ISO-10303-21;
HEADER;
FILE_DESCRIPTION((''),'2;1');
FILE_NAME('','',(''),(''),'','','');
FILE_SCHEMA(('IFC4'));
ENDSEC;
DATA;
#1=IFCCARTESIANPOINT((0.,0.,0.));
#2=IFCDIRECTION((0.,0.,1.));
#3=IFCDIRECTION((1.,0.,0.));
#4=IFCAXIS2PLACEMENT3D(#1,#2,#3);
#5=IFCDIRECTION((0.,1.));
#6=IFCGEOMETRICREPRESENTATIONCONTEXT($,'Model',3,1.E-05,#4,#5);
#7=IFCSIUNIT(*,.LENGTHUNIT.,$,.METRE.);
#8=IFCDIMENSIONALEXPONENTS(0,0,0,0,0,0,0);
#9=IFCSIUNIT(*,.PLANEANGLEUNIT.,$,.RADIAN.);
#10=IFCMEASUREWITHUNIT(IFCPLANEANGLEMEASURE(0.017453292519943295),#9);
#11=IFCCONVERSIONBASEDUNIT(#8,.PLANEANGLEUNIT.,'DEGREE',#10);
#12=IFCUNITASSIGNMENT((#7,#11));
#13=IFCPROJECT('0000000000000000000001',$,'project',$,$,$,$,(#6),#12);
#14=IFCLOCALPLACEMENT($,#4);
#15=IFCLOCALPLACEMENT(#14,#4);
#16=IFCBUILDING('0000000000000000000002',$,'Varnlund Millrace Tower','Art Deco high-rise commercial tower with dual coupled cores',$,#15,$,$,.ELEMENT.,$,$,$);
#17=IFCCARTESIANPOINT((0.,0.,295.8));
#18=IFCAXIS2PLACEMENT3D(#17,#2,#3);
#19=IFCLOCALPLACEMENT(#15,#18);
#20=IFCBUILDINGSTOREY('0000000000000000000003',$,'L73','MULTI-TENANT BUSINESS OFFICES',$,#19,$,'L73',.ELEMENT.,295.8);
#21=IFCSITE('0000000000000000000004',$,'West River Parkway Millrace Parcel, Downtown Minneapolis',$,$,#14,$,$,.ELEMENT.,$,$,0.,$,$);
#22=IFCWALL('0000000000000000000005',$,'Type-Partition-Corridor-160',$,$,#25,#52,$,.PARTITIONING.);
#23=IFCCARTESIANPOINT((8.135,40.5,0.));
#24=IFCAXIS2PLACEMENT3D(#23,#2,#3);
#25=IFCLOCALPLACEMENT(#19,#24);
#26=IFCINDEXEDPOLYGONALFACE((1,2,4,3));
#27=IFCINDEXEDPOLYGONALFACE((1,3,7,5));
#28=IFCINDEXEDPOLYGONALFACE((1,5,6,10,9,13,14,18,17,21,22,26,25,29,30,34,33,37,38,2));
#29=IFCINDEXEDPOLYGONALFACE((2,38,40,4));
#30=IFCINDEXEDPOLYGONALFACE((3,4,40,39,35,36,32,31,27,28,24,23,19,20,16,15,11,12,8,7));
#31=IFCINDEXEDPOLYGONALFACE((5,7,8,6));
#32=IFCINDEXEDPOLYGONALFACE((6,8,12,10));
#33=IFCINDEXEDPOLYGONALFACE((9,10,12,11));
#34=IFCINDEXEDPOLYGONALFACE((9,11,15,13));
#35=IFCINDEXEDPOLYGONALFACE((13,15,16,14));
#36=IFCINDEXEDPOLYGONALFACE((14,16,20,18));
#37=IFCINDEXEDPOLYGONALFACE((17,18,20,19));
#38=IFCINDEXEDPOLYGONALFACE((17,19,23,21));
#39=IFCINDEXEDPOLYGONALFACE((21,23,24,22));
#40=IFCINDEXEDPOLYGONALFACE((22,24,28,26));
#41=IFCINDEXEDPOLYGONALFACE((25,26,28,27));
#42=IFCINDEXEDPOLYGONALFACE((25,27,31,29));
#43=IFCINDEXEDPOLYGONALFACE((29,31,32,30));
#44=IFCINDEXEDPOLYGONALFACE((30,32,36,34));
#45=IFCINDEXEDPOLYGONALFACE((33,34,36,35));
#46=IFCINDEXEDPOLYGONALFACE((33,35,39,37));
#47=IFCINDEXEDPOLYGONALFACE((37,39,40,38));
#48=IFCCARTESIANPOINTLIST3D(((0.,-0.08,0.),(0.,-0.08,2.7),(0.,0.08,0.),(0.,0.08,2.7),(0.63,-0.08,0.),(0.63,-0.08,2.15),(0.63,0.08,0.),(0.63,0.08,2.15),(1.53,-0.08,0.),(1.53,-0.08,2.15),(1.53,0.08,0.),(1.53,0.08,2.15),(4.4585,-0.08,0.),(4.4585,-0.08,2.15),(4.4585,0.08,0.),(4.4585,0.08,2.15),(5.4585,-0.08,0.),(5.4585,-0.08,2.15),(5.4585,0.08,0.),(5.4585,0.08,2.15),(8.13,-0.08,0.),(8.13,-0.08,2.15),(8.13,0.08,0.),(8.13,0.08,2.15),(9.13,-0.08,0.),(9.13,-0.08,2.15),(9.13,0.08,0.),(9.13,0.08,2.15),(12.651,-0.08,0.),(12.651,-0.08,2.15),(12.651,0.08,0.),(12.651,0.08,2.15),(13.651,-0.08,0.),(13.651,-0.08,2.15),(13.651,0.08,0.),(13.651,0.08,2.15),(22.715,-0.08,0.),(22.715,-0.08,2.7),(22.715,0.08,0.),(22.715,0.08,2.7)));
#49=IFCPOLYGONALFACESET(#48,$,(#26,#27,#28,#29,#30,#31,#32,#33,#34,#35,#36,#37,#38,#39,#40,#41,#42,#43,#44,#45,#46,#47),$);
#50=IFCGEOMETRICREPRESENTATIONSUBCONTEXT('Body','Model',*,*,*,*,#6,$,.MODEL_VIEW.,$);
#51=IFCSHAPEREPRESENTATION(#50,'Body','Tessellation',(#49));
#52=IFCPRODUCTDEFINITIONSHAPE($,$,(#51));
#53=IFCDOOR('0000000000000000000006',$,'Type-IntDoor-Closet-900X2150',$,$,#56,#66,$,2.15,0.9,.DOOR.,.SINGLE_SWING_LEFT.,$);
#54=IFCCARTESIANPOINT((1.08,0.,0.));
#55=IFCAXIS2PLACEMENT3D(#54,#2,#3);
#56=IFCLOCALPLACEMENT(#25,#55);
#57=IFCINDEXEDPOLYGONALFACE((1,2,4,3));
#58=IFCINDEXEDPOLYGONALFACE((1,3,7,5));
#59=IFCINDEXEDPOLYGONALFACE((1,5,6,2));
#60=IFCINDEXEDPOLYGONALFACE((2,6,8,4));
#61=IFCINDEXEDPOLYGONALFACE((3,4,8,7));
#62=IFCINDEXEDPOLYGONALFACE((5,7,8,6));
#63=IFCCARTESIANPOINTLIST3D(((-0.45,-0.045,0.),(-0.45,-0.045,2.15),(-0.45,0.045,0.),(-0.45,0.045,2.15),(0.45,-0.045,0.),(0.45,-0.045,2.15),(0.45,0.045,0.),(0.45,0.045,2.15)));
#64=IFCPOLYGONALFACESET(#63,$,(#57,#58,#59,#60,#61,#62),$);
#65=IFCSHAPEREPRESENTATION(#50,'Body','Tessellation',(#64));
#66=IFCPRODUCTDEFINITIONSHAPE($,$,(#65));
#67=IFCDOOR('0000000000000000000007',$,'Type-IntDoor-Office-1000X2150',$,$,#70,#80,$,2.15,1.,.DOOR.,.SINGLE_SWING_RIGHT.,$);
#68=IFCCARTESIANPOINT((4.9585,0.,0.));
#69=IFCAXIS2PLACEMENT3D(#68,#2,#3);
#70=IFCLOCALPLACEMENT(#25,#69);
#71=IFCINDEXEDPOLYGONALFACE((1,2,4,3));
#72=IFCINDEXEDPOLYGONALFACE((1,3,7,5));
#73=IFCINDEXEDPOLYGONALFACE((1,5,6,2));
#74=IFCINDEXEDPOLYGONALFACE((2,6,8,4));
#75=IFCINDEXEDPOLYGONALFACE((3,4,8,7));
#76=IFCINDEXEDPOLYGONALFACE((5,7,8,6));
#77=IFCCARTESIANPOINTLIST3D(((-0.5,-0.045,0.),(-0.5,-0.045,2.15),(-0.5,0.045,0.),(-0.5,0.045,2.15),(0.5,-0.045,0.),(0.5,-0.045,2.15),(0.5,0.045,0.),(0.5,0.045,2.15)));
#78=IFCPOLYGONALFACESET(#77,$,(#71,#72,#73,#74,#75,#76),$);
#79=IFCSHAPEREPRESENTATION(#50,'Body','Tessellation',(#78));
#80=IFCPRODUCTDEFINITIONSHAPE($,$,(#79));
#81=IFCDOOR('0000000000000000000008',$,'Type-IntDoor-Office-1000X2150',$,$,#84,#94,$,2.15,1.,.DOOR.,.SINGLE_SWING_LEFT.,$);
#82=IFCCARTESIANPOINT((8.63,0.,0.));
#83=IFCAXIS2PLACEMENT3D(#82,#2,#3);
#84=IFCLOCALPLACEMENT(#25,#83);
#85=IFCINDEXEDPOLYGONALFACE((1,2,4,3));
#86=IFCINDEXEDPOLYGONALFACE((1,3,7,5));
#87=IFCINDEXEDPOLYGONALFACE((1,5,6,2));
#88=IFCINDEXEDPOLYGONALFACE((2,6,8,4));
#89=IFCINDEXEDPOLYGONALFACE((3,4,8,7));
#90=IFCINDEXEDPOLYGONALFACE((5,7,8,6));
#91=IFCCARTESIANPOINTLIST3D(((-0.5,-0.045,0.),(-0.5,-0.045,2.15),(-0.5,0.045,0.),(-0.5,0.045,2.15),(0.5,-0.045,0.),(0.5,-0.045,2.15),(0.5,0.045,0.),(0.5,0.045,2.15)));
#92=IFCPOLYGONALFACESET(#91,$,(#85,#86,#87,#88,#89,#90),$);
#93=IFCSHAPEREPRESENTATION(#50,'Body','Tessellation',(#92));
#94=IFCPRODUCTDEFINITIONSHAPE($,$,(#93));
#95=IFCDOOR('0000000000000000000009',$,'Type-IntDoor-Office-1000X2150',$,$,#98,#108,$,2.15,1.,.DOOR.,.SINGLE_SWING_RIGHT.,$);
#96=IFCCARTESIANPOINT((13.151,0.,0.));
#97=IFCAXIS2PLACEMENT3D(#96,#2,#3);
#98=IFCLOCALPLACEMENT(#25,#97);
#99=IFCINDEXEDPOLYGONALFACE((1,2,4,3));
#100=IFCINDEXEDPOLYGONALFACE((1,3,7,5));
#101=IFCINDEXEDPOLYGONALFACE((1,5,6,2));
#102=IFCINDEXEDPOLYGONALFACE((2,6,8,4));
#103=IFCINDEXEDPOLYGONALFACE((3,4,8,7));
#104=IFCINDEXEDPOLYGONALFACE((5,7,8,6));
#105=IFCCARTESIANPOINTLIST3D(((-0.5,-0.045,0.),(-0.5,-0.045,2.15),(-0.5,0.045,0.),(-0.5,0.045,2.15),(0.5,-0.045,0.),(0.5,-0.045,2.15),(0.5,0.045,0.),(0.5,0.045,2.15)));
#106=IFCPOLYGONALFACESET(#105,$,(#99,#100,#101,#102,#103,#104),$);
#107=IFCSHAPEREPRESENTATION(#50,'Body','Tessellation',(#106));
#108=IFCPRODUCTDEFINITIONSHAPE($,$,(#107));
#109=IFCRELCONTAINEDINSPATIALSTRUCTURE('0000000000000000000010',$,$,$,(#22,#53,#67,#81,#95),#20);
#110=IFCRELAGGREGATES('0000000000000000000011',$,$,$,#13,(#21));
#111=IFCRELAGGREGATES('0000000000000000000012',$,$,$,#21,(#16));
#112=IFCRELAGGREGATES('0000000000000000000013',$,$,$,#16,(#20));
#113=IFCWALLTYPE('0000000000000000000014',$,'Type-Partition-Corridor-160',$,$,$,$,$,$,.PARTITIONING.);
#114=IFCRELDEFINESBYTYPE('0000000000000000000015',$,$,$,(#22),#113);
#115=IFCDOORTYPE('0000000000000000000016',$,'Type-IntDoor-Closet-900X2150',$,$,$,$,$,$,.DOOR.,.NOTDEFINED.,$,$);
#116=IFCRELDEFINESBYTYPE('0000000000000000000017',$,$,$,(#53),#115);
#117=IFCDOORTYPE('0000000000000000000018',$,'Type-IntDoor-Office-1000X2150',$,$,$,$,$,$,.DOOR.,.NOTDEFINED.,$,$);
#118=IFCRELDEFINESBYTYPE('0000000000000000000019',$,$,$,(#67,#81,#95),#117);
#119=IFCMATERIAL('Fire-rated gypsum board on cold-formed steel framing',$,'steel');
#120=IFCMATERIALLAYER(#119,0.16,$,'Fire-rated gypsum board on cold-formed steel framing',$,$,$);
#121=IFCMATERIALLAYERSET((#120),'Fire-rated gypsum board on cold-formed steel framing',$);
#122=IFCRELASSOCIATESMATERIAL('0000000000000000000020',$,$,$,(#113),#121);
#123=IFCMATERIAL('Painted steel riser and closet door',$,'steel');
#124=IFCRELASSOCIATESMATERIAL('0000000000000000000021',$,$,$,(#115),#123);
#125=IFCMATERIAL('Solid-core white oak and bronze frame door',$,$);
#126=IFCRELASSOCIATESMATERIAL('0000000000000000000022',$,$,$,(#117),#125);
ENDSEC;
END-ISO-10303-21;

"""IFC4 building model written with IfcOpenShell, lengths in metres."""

from ifc_helpers import new_model, entity, si_unit, converted_unit, direction, frame, origin_with_axes, origin_2d_with_axis, place, context, subcontext, project, spatial, polyline, rectangle, outline, extrude, material, layer, layer_set, type_object, element, fill, save


model = new_model("IFC4")

# Units and contexts
model_context = context("Model", 3, precision=1e-05, world=origin_with_axes(), true_north=direction((0.0, 1.0)))
body_context = subcontext(model_context, "Body", "Model", "MODEL_VIEW")
ifc_project = project(units=[si_unit("LENGTHUNIT", "METRE"), converted_unit("PLANEANGLEUNIT", "DEGREE", entity("IfcPlaneAngleMeasure", 0.017453292519943295), si_unit("PLANEANGLEUNIT", "RADIAN"), dimensions=[0, 0, 0, 0, 0, 0, 0])], contexts=[model_context])

# Site, building, storey
site_placement = place(None, origin_with_axes())
site = spatial("IfcSite", under=ifc_project, at=site_placement, Name="West River Parkway Millrace Parcel, Downtown Minneapolis", CompositionType="ELEMENT", RefElevation=0.0)
building_placement = place(site_placement, origin_with_axes())
building = spatial("IfcBuilding", under=site, at=building_placement, Name="Varnlund Millrace Tower", Description="Art Deco high-rise commercial tower with dual coupled cores", CompositionType="ELEMENT")
storey_placement = place(building_placement, frame((0.0, 0.0, 295.8), z_axis=(0.0, 0.0, 1.0), x_axis=(1.0, 0.0, 0.0)))
storey = spatial("IfcBuildingStorey", under=building, at=storey_placement, Name="L73", Description="MULTI-TENANT BUSINESS OFFICES", LongName="L73", CompositionType="ELEMENT", Elevation=295.8)

# Wall, openings, doors
ifc_material_1 = material(Name="Fire-rated gypsum board on cold-formed steel framing", Category="steel")
ifc_layer_1 = layer(ifc_material_1, 0.16, Name="Fire-rated gypsum board on cold-formed steel framing")
ifc_layer_set_1 = layer_set([ifc_layer_1], Name="Fire-rated gypsum board on cold-formed steel framing")
wall_type_1 = type_object("IfcWallType", Name="Type-Partition-Corridor-160", PredefinedType="PARTITIONING", material=ifc_layer_set_1)
wall_1_placement = place(storey_placement, frame((8.135, 40.5, 0.0), z_axis=(0.0, 0.0, 1.0), x_axis=(1.0, 0.0, 0.0)))
wall_1 = element("IfcWall", 1, at=wall_1_placement, inside=storey, type_object=wall_type_1, Name="Type-Partition-Corridor-160", PredefinedType="PARTITIONING", context=body_context, shape_type="SweptSolid", body=[
    extrude(outline(polyline([(0.0, -0.08), (22.715, -0.08), (22.715, 0.08), (0.0, 0.08), (0.0, -0.08)])), origin_with_axes(), (0.0, 0.0, 1.0), 2.7),
])
opening_1_placement = place(wall_1_placement, frame((1.08, 0.0, 0.0), z_axis=(0.0, 0.0, 1.0), x_axis=(1.0, 0.0, 0.0)))
opening_1 = element("IfcOpeningElement", 2, at=opening_1_placement, cuts=wall_1, PredefinedType="OPENING", context=body_context, shape_type="SweptSolid", body=[
    extrude(rectangle(XDim=0.9, YDim=0.18, at=origin_2d_with_axis()), origin_with_axes(), (0.0, 0.0, 1.0), 2.15),
])
opening_2_placement = place(wall_1_placement, frame((4.9585, 0.0, 0.0), z_axis=(0.0, 0.0, 1.0), x_axis=(1.0, 0.0, 0.0)))
opening_2 = element("IfcOpeningElement", 3, at=opening_2_placement, cuts=wall_1, PredefinedType="OPENING", context=body_context, shape_type="SweptSolid", body=[
    extrude(rectangle(XDim=1.0, YDim=0.18, at=origin_2d_with_axis()), origin_with_axes(), (0.0, 0.0, 1.0), 2.15),
])
opening_3_placement = place(wall_1_placement, frame((8.63, 0.0, 0.0), z_axis=(0.0, 0.0, 1.0), x_axis=(1.0, 0.0, 0.0)))
opening_3 = element("IfcOpeningElement", 4, at=opening_3_placement, cuts=wall_1, PredefinedType="OPENING", context=body_context, shape_type="SweptSolid", body=[
    extrude(rectangle(XDim=1.0, YDim=0.18, at=origin_2d_with_axis()), origin_with_axes(), (0.0, 0.0, 1.0), 2.15),
])
opening_4_placement = place(wall_1_placement, frame((13.151, 0.0, 0.0), z_axis=(0.0, 0.0, 1.0), x_axis=(1.0, 0.0, 0.0)))
opening_4 = element("IfcOpeningElement", 5, at=opening_4_placement, cuts=wall_1, PredefinedType="OPENING", context=body_context, shape_type="SweptSolid", body=[
    extrude(rectangle(XDim=1.0, YDim=0.18, at=origin_2d_with_axis()), origin_with_axes(), (0.0, 0.0, 1.0), 2.15),
])
ifc_material_2 = material(Name="Painted steel riser and closet door", Category="steel")
door_type_1 = type_object("IfcDoorType", Name="Type-IntDoor-Closet-900X2150", OperationType="NOTDEFINED", PredefinedType="DOOR", material=ifc_material_2)
door_1_placement = place(wall_1_placement, frame((1.08, 0.0, 0.0), z_axis=(0.0, 0.0, 1.0), x_axis=(1.0, 0.0, 0.0)))
door_1 = element("IfcDoor", 6, at=door_1_placement, inside=storey, type_object=door_type_1, Name="Type-IntDoor-Closet-900X2150", OperationType="SINGLE_SWING_LEFT", OverallHeight=2.15, OverallWidth=0.9, PredefinedType="DOOR", context=body_context, shape_type="SweptSolid", body=[
    extrude(rectangle(XDim=0.9, YDim=0.09, at=origin_2d_with_axis()), origin_with_axes(), (0.0, 0.0, 1.0), 2.15),
])
fill(opening_1, door_1)
ifc_material_3 = material(Name="Solid-core white oak and bronze frame door")
door_type_2 = type_object("IfcDoorType", Name="Type-IntDoor-Office-1000X2150", OperationType="NOTDEFINED", PredefinedType="DOOR", material=ifc_material_3)
door_2_placement = place(wall_1_placement, frame((4.9585, 0.0, 0.0), z_axis=(0.0, 0.0, 1.0), x_axis=(1.0, 0.0, 0.0)))
door_2 = element("IfcDoor", 7, at=door_2_placement, inside=storey, type_object=door_type_2, Name="Type-IntDoor-Office-1000X2150", OperationType="SINGLE_SWING_RIGHT", OverallHeight=2.15, OverallWidth=1.0, PredefinedType="DOOR", context=body_context, shape_type="SweptSolid", body=[
    extrude(rectangle(XDim=1.0, YDim=0.09, at=origin_2d_with_axis()), origin_with_axes(), (0.0, 0.0, 1.0), 2.15),
])
fill(opening_2, door_2)
door_3_placement = place(wall_1_placement, frame((8.63, 0.0, 0.0), z_axis=(0.0, 0.0, 1.0), x_axis=(1.0, 0.0, 0.0)))
door_3 = element("IfcDoor", 8, at=door_3_placement, inside=storey, type_object=door_type_2, Name="Type-IntDoor-Office-1000X2150", OperationType="SINGLE_SWING_LEFT", OverallHeight=2.15, OverallWidth=1.0, PredefinedType="DOOR", context=body_context, shape_type="SweptSolid", body=[
    extrude(rectangle(XDim=1.0, YDim=0.09, at=origin_2d_with_axis()), origin_with_axes(), (0.0, 0.0, 1.0), 2.15),
])
fill(opening_3, door_3)
door_4_placement = place(wall_1_placement, frame((13.151, 0.0, 0.0), z_axis=(0.0, 0.0, 1.0), x_axis=(1.0, 0.0, 0.0)))
door_4 = element("IfcDoor", 9, at=door_4_placement, inside=storey, type_object=door_type_2, Name="Type-IntDoor-Office-1000X2150", OperationType="SINGLE_SWING_RIGHT", OverallHeight=2.15, OverallWidth=1.0, PredefinedType="DOOR", context=body_context, shape_type="SweptSolid", body=[
    extrude(rectangle(XDim=1.0, YDim=0.09, at=origin_2d_with_axis()), origin_with_axes(), (0.0, 0.0, 1.0), 2.15),
])
fill(opening_4, door_4)

save(model, "model.ifc")
